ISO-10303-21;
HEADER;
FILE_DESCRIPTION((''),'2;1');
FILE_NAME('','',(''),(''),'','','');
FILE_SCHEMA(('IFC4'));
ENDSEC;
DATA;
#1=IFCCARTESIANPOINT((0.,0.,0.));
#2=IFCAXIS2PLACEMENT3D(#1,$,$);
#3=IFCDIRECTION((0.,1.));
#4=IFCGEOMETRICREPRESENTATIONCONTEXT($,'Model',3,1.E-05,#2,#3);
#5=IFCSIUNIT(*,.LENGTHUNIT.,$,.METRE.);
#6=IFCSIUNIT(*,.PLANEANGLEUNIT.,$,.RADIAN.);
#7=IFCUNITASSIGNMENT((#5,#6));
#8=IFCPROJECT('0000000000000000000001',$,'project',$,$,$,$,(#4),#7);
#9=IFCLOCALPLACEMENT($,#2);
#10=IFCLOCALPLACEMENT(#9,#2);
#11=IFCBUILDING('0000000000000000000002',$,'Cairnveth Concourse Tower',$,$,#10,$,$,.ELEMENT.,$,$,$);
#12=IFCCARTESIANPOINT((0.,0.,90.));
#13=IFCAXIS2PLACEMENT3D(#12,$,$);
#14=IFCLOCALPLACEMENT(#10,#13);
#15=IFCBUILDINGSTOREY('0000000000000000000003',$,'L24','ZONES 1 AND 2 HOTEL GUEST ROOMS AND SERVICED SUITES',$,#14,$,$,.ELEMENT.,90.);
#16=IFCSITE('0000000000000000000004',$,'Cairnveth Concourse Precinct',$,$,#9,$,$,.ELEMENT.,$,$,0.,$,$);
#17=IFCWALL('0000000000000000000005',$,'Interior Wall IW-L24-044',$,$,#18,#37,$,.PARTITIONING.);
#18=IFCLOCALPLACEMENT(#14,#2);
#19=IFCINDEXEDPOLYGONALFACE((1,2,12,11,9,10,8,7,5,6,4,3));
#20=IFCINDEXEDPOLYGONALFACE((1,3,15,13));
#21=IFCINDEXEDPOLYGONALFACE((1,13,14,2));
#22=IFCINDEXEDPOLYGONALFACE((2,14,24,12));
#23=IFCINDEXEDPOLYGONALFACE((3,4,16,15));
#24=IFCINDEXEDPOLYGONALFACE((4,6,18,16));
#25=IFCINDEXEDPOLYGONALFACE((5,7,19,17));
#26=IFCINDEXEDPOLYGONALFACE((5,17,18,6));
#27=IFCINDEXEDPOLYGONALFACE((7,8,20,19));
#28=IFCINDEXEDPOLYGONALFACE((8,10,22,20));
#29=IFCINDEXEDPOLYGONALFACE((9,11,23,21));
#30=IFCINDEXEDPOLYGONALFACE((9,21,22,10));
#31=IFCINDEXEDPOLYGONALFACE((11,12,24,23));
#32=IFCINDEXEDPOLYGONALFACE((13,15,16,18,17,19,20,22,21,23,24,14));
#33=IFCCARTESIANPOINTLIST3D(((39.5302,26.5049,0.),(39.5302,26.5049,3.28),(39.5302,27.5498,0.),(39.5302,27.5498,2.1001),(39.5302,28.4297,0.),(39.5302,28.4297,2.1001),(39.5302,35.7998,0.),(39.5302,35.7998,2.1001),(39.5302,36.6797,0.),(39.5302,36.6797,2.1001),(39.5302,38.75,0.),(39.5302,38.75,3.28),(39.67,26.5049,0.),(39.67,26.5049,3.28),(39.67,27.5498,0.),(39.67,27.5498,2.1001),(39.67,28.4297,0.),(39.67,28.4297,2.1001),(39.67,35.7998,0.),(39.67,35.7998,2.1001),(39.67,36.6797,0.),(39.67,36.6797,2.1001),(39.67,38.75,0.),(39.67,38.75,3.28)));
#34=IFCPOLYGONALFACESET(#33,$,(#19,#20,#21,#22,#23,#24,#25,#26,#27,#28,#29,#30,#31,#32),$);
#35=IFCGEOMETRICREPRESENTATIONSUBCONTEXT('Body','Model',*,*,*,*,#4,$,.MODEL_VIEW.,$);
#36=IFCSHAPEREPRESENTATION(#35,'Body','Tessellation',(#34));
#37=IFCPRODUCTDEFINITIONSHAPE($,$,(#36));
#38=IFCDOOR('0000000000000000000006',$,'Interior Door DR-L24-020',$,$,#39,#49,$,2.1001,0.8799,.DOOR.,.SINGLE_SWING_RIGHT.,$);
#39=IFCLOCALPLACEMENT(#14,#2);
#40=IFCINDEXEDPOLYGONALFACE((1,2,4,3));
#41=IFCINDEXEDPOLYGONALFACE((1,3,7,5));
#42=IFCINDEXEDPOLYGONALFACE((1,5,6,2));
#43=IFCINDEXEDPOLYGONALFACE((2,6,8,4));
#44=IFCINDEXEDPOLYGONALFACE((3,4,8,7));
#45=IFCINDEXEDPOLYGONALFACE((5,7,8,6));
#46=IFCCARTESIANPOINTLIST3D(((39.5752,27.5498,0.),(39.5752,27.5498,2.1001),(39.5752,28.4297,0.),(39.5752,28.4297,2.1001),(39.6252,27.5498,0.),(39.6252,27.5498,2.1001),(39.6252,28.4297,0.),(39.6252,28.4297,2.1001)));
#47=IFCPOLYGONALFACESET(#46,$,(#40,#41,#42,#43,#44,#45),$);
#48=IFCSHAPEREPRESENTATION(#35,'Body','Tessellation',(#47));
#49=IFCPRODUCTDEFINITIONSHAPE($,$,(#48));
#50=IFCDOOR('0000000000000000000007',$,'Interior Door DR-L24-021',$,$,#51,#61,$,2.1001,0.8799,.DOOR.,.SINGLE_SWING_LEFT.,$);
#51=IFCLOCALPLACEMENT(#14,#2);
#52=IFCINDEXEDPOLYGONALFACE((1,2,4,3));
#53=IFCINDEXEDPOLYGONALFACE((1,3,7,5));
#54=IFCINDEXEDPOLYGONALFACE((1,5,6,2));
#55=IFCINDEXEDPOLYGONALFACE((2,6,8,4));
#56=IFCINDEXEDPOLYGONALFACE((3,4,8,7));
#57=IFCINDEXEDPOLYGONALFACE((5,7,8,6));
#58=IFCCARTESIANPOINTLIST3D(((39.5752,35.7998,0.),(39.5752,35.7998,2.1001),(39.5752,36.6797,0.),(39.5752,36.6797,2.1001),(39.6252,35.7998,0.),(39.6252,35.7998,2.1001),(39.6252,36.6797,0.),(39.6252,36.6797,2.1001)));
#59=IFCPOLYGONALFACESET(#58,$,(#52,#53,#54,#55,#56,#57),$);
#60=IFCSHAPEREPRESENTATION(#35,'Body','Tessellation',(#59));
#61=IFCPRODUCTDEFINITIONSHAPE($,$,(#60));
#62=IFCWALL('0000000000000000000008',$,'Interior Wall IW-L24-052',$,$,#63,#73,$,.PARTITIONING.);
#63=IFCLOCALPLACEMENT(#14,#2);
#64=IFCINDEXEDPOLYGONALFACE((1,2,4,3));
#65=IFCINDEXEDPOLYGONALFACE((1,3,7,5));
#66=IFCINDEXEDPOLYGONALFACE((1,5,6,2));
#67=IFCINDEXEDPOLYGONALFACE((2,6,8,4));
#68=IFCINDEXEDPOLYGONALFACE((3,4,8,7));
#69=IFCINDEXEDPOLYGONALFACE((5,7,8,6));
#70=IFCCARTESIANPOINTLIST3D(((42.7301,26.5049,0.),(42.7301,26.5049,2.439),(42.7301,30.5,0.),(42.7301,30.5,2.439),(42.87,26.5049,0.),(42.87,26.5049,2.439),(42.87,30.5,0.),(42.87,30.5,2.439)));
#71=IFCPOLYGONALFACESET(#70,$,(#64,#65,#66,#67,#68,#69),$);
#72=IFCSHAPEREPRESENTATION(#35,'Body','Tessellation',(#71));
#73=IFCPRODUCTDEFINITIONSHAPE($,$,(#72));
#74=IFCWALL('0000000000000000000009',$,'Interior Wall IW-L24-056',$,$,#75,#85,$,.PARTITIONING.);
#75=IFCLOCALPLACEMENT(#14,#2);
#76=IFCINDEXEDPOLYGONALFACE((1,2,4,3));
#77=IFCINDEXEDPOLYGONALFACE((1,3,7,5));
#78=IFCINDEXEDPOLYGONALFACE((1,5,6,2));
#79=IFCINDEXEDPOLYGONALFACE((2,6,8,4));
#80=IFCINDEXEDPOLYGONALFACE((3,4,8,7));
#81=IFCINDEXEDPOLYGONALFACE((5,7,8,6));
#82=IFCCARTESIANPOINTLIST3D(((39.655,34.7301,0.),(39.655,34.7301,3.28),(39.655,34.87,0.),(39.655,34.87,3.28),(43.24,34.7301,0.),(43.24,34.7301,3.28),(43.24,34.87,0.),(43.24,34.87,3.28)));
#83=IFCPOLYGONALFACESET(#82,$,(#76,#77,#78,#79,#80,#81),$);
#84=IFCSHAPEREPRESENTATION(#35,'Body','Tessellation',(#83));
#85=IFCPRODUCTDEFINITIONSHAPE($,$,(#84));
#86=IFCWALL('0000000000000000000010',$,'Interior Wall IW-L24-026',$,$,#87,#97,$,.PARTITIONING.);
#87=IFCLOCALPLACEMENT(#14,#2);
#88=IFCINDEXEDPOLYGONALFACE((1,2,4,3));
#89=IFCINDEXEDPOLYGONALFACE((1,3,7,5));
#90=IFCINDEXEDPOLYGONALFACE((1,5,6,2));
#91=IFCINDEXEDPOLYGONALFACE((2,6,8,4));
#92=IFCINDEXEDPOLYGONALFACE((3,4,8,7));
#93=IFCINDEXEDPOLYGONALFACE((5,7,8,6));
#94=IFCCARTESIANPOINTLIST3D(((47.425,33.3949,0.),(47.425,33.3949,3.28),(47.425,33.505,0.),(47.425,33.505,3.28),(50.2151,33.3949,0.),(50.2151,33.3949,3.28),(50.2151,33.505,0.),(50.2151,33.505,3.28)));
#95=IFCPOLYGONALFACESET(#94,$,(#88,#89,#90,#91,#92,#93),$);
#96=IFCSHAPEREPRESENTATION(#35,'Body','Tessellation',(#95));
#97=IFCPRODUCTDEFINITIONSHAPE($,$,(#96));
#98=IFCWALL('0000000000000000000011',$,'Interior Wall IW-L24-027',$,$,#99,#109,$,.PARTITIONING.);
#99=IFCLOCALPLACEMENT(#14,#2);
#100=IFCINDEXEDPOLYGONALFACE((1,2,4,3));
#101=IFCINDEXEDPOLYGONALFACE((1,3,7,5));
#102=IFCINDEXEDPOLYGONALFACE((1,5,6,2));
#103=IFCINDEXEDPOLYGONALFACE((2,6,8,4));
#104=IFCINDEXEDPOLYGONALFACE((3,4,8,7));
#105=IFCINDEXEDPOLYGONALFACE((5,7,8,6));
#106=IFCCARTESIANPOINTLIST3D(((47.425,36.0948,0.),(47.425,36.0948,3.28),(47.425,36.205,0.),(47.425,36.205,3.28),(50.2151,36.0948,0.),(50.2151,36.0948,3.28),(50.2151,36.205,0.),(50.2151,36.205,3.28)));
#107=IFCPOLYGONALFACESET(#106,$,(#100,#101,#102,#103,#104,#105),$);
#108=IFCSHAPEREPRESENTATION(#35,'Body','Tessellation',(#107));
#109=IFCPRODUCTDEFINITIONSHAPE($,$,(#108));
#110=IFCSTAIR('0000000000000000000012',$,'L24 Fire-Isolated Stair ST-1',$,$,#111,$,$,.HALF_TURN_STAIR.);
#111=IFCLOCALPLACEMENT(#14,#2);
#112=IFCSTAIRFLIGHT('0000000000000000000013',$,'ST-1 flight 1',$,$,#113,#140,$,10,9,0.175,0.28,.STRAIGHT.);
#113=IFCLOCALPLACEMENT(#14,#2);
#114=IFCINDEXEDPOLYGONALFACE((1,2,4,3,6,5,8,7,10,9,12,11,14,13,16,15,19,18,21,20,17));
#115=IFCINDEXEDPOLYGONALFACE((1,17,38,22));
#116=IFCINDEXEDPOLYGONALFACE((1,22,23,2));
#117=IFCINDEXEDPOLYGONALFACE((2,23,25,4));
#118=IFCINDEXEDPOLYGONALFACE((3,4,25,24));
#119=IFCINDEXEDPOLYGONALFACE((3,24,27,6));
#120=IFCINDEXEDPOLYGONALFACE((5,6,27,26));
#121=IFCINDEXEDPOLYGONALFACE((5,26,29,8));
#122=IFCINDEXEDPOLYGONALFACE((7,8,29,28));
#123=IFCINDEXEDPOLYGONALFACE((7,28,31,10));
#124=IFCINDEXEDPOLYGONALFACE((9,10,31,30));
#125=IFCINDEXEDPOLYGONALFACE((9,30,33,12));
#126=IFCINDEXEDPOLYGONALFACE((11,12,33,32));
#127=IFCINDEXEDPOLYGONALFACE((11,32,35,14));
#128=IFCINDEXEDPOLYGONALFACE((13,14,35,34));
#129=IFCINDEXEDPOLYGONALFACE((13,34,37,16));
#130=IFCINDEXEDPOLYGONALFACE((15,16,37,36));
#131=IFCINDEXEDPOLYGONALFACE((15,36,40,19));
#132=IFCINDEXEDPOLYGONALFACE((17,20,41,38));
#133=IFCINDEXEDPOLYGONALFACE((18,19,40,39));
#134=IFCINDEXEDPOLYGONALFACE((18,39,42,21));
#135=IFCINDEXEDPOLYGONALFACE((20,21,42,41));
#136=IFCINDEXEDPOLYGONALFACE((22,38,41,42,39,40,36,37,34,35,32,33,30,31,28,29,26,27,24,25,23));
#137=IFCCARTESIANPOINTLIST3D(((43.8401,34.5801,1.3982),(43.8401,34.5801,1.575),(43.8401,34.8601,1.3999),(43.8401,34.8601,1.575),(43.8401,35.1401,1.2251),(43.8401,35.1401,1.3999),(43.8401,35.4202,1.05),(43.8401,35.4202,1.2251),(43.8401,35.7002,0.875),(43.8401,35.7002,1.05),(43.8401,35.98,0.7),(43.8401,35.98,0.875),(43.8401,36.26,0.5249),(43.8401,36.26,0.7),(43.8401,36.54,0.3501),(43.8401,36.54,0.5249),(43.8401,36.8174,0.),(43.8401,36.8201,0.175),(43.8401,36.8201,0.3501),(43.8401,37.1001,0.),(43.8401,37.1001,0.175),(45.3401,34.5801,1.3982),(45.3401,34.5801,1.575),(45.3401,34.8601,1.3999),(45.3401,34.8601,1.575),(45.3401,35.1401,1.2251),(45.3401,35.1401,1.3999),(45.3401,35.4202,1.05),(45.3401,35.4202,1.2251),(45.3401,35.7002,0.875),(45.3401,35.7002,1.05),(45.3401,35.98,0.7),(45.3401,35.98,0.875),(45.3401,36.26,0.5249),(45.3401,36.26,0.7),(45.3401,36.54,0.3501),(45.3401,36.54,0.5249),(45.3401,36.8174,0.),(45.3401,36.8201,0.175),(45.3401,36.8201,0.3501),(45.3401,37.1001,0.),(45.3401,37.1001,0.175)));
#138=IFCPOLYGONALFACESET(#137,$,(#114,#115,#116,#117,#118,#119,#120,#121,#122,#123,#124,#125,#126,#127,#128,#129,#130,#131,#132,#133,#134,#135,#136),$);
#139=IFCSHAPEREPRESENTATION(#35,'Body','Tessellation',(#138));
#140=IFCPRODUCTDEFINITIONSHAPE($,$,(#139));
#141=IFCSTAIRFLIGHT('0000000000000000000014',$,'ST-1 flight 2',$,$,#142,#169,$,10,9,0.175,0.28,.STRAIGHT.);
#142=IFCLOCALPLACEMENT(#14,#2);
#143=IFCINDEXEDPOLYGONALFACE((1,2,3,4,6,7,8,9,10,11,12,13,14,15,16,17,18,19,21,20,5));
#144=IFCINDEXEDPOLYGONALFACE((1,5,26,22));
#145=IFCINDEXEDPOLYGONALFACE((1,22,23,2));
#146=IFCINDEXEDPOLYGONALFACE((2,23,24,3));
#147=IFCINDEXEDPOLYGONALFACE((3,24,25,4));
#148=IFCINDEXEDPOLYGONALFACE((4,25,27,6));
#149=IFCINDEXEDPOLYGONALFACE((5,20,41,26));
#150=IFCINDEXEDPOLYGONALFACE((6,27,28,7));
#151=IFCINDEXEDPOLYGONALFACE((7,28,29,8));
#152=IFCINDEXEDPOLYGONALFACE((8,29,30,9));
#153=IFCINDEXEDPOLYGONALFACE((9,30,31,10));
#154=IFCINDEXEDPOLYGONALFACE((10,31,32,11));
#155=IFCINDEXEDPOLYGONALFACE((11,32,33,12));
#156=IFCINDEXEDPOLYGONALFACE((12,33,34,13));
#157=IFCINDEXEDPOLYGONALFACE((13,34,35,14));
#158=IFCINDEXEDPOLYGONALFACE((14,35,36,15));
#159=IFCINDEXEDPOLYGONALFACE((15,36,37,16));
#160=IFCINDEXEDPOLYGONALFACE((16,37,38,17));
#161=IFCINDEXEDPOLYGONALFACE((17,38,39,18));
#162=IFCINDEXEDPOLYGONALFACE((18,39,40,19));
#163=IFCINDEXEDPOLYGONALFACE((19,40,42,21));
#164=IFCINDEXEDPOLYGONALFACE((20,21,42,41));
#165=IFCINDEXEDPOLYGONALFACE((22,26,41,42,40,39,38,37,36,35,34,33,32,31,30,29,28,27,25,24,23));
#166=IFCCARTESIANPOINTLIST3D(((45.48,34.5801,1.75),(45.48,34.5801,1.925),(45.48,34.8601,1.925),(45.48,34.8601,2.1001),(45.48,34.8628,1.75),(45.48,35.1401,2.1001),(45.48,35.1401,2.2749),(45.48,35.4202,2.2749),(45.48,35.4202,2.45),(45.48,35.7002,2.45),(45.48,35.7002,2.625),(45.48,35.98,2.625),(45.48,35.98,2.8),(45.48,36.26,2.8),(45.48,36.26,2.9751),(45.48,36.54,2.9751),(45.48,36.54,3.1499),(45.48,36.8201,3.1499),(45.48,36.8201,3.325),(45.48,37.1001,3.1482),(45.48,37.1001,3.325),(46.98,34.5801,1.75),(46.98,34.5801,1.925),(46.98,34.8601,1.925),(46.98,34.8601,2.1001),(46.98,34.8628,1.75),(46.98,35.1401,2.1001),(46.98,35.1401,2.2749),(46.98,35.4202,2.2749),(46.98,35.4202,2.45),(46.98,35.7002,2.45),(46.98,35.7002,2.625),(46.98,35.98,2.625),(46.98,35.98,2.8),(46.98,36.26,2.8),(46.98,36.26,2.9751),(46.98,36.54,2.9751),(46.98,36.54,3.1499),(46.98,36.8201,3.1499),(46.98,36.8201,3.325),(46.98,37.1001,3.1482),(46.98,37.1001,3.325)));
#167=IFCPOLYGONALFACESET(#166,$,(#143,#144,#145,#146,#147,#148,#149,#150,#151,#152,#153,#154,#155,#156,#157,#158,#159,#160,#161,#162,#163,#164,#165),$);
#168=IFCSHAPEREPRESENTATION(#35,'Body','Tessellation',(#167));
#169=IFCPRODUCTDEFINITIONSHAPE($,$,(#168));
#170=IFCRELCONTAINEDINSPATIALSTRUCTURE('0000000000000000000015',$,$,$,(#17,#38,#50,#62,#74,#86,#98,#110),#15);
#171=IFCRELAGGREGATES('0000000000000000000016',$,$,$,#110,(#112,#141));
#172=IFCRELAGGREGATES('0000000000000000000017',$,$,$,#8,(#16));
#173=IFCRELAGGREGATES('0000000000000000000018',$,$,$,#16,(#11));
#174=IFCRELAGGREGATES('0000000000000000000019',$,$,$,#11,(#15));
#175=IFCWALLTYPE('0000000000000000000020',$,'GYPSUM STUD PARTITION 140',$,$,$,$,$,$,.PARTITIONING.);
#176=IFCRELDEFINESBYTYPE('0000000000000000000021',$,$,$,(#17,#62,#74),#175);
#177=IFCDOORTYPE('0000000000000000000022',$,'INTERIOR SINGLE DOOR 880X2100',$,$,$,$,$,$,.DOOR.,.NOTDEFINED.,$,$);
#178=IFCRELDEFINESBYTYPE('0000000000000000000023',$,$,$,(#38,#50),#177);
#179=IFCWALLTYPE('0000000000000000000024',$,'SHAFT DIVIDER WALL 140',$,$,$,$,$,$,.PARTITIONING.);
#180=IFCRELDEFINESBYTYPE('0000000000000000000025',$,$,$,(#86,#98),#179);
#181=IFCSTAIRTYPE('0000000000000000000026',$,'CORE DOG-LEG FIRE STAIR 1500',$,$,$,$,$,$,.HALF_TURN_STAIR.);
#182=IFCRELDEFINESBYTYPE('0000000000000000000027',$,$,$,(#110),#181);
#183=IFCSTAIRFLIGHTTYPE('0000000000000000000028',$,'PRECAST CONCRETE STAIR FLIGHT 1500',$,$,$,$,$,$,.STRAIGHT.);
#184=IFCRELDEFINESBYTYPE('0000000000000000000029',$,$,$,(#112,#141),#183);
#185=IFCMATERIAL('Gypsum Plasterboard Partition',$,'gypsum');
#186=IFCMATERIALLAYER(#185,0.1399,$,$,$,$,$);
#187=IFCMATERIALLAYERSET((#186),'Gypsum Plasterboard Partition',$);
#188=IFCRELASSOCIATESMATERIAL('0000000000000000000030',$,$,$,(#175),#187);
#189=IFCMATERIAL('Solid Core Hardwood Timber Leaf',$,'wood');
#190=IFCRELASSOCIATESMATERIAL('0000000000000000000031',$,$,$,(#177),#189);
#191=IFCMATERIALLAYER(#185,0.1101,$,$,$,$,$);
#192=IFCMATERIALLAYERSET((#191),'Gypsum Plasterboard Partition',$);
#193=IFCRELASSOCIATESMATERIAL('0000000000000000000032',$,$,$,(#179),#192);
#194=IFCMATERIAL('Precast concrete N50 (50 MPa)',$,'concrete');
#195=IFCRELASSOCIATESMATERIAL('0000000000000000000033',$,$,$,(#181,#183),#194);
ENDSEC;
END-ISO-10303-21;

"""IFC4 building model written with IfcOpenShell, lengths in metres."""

from ifc_helpers import new_model, si_unit, direction, frame, frame_2d, origin, place, context, subcontext, project, spatial, polyline, rectangle, outline, extrude, material, layer, layer_set, type_object, element, fill, aggregate, save


model = new_model("IFC4")

# Units and contexts
model_context = context("Model", 3, precision=1e-05, world=origin(), true_north=direction((0.0, 1.0)))
body_context = subcontext(model_context, "Body", "Model", "MODEL_VIEW")
ifc_project = project(units=[si_unit("LENGTHUNIT", "METRE"), si_unit("PLANEANGLEUNIT", "RADIAN")], contexts=[model_context])

# Site, building, storey
site_placement = place(None, origin())
site = spatial("IfcSite", under=ifc_project, at=site_placement, Name="Cairnveth Concourse Precinct", CompositionType="ELEMENT", RefElevation=0.0)
building_placement = place(site_placement, origin())
building = spatial("IfcBuilding", under=site, at=building_placement, Name="Cairnveth Concourse Tower", CompositionType="ELEMENT")
storey_placement = place(building_placement, frame((0.0, 0.0, 90.0)))
storey = spatial("IfcBuildingStorey", under=building, at=storey_placement, Name="L24", Description="ZONES 1 AND 2 HOTEL GUEST ROOMS AND SERVICED SUITES", CompositionType="ELEMENT", Elevation=90.0)

# Wall, openings, doors
ifc_material_1 = material(Name="Gypsum Plasterboard Partition", Category="gypsum")
ifc_layer_1 = layer(ifc_material_1, 0.1399)
ifc_layer_set_1 = layer_set([ifc_layer_1], Name="Gypsum Plasterboard Partition")
wall_type_1 = type_object("IfcWallType", Name="GYPSUM STUD PARTITION 140", PredefinedType="PARTITIONING", material=ifc_layer_set_1)
ifc_material_2 = material(Name="Solid Core Hardwood Timber Leaf", Category="wood")
door_type = type_object("IfcDoorType", Name="INTERIOR SINGLE DOOR 880X2100", OperationType="NOTDEFINED", PredefinedType="DOOR", material=ifc_material_2)
wall_1_placement = place(storey_placement, frame((39.6001, 26.5049, 0.0), z_axis=(0.0, 0.0, 1.0), x_axis=(0.0, 1.0, 0.0)))
wall_1 = element("IfcWall", 1, at=wall_1_placement, inside=storey, type_object=wall_type_1, Name="Interior Wall IW-L24-044", PredefinedType="PARTITIONING", context=body_context, shape_type="SweptSolid", body=[
    extrude(rectangle(XDim=12.2451, YDim=0.1399, at=frame_2d((6.1226, 0.0))), origin(), (0.0, 0.0, 1.0), 3.28),
])
opening_1_placement = place(wall_1_placement, frame((1.0449, 0.0, 0.0)))
opening_1 = element("IfcOpeningElement", 2, at=opening_1_placement, cuts=wall_1, PredefinedType="OPENING", context=body_context, shape_type="SweptSolid", body=[
    extrude(rectangle(XDim=0.8799, YDim=2.1001, at=frame_2d((0.4399, 1.05))), frame((0.0, 0.0798, 0.0), z_axis=(0.0, -1.0, 0.0), x_axis=(1.0, 0.0, 0.0)), (0.0, 0.0, 1.0), 0.1599),
])
opening_2_placement = place(wall_1_placement, frame((9.2949, 0.0, 0.0)))
opening_2 = element("IfcOpeningElement", 3, at=opening_2_placement, cuts=wall_1, PredefinedType="OPENING", context=body_context, shape_type="SweptSolid", body=[
    extrude(rectangle(XDim=0.8799, YDim=2.1001, at=frame_2d((0.4399, 1.05))), frame((0.0, 0.0798, 0.0), z_axis=(0.0, -1.0, 0.0), x_axis=(1.0, 0.0, 0.0)), (0.0, 0.0, 1.0), 0.1599),
])
door_1_placement = place(opening_1_placement, origin())
door_1 = element("IfcDoor", 4, at=door_1_placement, inside=storey, type_object=door_type, Name="Interior Door DR-L24-020", OperationType="SINGLE_SWING_RIGHT", OverallHeight=2.1001, OverallWidth=0.8799, PredefinedType="DOOR", context=body_context, shape_type="SweptSolid", body=[
    extrude(rectangle(XDim=0.8799, YDim=2.1001, at=frame_2d((0.4399, 1.05))), frame((0.0, 0.0249, 0.0), z_axis=(0.0, -1.0, 0.0), x_axis=(1.0, 0.0, 0.0)), (0.0, 0.0, 1.0), 0.05),
])
fill(opening_1, door_1)
door_2_placement = place(opening_2_placement, origin())
door_2 = element("IfcDoor", 5, at=door_2_placement, inside=storey, type_object=door_type, Name="Interior Door DR-L24-021", OperationType="SINGLE_SWING_LEFT", OverallHeight=2.1001, OverallWidth=0.8799, PredefinedType="DOOR", context=body_context, shape_type="SweptSolid", body=[
    extrude(rectangle(XDim=0.8799, YDim=2.1001, at=frame_2d((0.4399, 1.05))), frame((0.0, 0.0249, 0.0), z_axis=(0.0, -1.0, 0.0), x_axis=(1.0, 0.0, 0.0)), (0.0, 0.0, 1.0), 0.05),
])
fill(opening_2, door_2)

# Walls
wall_2_placement = place(storey_placement, frame((42.8, 26.5049, 0.0), z_axis=(0.0, 0.0, 1.0), x_axis=(0.0, 1.0, 0.0)))
element("IfcWall", 6, at=wall_2_placement, inside=storey, type_object=wall_type_1, Name="Interior Wall IW-L24-052", PredefinedType="PARTITIONING", context=body_context, shape_type="SweptSolid", body=[
    extrude(rectangle(XDim=3.9951, YDim=0.1399, at=frame_2d((1.9976, 0.0))), origin(), (0.0, 0.0, 1.0), 2.439),
])
wall_3_placement = place(storey_placement, frame((39.655, 34.8, 0.0), z_axis=(0.0, 0.0, 1.0), x_axis=(1.0, 0.0, 0.0)))
element("IfcWall", 7, at=wall_3_placement, inside=storey, type_object=wall_type_1, Name="Interior Wall IW-L24-056", PredefinedType="PARTITIONING", context=body_context, shape_type="SweptSolid", body=[
    extrude(rectangle(XDim=3.585, YDim=0.1399, at=frame_2d((1.7925, 0.0))), origin(), (0.0, 0.0, 1.0), 3.28),
])
ifc_layer_2 = layer(ifc_material_1, 0.1101)
ifc_layer_set_2 = layer_set([ifc_layer_2], Name="Gypsum Plasterboard Partition")
wall_type_2 = type_object("IfcWallType", Name="SHAFT DIVIDER WALL 140", PredefinedType="PARTITIONING", material=ifc_layer_set_2)
for number, where, z_axis, x_axis, name in (
    (8, (47.425, 33.45, 0.0), (0.0, 0.0, 1.0), (1.0, 0.0, 0.0), "Interior Wall IW-L24-026"),
    (9, (47.425, 36.1499, 0.0), (0.0, 0.0, 1.0), (1.0, 0.0, 0.0), "Interior Wall IW-L24-027"),
):
    element("IfcWall", number, at=place(storey_placement, frame(where, z_axis=z_axis, x_axis=x_axis)), inside=storey, type_object=wall_type_2, Name=name, PredefinedType="PARTITIONING", context=body_context, shape_type="SweptSolid", body=[
        extrude(rectangle(XDim=2.79, YDim=0.1101, at=frame_2d((1.395, 0.0))), origin(), (0.0, 0.0, 1.0), 3.28),
    ])

# Stair, stair flights
ifc_material_3 = material(Name="Precast concrete N50 (50 MPa)", Category="concrete")
stair_type = type_object("IfcStairType", Name="CORE DOG-LEG FIRE STAIR 1500", PredefinedType="HALF_TURN_STAIR", material=ifc_material_3)
stair_placement = place(storey_placement, origin())
stair = element("IfcStair", 10, at=stair_placement, inside=storey, type_object=stair_type, Name="L24 Fire-Isolated Stair ST-1", PredefinedType="HALF_TURN_STAIR")
stair_flight_type = type_object("IfcStairFlightType", Name="PRECAST CONCRETE STAIR FLIGHT 1500", PredefinedType="STRAIGHT", material=ifc_material_3)
stair_flight_1_placement = place(storey_placement, frame((44.5901, 37.1001, 0.0), z_axis=(0.0, 0.0, 1.0), x_axis=(0.0, -1.0, 0.0)))
stair_flight_1 = element("IfcStairFlight", 11, at=stair_flight_1_placement, type_object=stair_flight_type, Name="ST-1 flight 1", NumberOfRisers=10, NumberOfTreads=9, PredefinedType="STRAIGHT", RiserHeight=0.175, TreadLength=0.28, context=body_context, shape_type="SweptSolid", body=[
    extrude(outline(polyline([(0.0, 0.0), (0.0, 0.175), (0.28, 0.175), (0.28, 0.3501), (0.5601, 0.3501), (0.5601, 0.5249), (0.8401, 0.5249), (0.8401, 0.7), (1.1201, 0.7), (1.1201, 0.875), (1.3999, 0.875), (1.3999, 1.05), (1.6799, 1.05), (1.6799, 1.2251), (1.96, 1.2251), (1.96, 1.3999), (2.24, 1.3999), (2.24, 1.575), (2.52, 1.575), (2.52, 1.75), (2.52, 1.3982), (0.2827, 0.0), (0.0, 0.0)])), frame((0.0, 0.75, 0.0), z_axis=(0.0, -1.0, 0.0), x_axis=(1.0, 0.0, 0.0)), (0.0, 0.0, 1.0), 1.5),
])
stair_flight_2_placement = place(storey_placement, frame((46.23, 34.5801, 1.75), z_axis=(0.0, 0.0, 1.0), x_axis=(0.0, 1.0, 0.0)))
stair_flight_2 = element("IfcStairFlight", 12, at=stair_flight_2_placement, type_object=stair_flight_type, Name="ST-1 flight 2", NumberOfRisers=10, NumberOfTreads=9, PredefinedType="STRAIGHT", RiserHeight=0.175, TreadLength=0.28, context=body_context, shape_type="SweptSolid", body=[
    extrude(outline(polyline([(0.0, 0.0), (0.0, 0.175), (0.28, 0.175), (0.28, 0.3501), (0.5601, 0.3501), (0.5601, 0.5249), (0.8401, 0.5249), (0.8401, 0.7), (1.1201, 0.7), (1.1201, 0.875), (1.3999, 0.875), (1.3999, 1.05), (1.6799, 1.05), (1.6799, 1.2251), (1.96, 1.2251), (1.96, 1.3999), (2.24, 1.3999), (2.24, 1.575), (2.52, 1.575), (2.52, 1.75), (2.52, 1.3982), (0.2827, 0.0), (0.0, 0.0)])), frame((0.0, 0.75, 0.0), z_axis=(0.0, -1.0, 0.0), x_axis=(1.0, 0.0, 0.0)), (0.0, 0.0, 1.0), 1.5),
])
aggregate(stair, [stair_flight_1, stair_flight_2])

save(model, "model.ifc")
